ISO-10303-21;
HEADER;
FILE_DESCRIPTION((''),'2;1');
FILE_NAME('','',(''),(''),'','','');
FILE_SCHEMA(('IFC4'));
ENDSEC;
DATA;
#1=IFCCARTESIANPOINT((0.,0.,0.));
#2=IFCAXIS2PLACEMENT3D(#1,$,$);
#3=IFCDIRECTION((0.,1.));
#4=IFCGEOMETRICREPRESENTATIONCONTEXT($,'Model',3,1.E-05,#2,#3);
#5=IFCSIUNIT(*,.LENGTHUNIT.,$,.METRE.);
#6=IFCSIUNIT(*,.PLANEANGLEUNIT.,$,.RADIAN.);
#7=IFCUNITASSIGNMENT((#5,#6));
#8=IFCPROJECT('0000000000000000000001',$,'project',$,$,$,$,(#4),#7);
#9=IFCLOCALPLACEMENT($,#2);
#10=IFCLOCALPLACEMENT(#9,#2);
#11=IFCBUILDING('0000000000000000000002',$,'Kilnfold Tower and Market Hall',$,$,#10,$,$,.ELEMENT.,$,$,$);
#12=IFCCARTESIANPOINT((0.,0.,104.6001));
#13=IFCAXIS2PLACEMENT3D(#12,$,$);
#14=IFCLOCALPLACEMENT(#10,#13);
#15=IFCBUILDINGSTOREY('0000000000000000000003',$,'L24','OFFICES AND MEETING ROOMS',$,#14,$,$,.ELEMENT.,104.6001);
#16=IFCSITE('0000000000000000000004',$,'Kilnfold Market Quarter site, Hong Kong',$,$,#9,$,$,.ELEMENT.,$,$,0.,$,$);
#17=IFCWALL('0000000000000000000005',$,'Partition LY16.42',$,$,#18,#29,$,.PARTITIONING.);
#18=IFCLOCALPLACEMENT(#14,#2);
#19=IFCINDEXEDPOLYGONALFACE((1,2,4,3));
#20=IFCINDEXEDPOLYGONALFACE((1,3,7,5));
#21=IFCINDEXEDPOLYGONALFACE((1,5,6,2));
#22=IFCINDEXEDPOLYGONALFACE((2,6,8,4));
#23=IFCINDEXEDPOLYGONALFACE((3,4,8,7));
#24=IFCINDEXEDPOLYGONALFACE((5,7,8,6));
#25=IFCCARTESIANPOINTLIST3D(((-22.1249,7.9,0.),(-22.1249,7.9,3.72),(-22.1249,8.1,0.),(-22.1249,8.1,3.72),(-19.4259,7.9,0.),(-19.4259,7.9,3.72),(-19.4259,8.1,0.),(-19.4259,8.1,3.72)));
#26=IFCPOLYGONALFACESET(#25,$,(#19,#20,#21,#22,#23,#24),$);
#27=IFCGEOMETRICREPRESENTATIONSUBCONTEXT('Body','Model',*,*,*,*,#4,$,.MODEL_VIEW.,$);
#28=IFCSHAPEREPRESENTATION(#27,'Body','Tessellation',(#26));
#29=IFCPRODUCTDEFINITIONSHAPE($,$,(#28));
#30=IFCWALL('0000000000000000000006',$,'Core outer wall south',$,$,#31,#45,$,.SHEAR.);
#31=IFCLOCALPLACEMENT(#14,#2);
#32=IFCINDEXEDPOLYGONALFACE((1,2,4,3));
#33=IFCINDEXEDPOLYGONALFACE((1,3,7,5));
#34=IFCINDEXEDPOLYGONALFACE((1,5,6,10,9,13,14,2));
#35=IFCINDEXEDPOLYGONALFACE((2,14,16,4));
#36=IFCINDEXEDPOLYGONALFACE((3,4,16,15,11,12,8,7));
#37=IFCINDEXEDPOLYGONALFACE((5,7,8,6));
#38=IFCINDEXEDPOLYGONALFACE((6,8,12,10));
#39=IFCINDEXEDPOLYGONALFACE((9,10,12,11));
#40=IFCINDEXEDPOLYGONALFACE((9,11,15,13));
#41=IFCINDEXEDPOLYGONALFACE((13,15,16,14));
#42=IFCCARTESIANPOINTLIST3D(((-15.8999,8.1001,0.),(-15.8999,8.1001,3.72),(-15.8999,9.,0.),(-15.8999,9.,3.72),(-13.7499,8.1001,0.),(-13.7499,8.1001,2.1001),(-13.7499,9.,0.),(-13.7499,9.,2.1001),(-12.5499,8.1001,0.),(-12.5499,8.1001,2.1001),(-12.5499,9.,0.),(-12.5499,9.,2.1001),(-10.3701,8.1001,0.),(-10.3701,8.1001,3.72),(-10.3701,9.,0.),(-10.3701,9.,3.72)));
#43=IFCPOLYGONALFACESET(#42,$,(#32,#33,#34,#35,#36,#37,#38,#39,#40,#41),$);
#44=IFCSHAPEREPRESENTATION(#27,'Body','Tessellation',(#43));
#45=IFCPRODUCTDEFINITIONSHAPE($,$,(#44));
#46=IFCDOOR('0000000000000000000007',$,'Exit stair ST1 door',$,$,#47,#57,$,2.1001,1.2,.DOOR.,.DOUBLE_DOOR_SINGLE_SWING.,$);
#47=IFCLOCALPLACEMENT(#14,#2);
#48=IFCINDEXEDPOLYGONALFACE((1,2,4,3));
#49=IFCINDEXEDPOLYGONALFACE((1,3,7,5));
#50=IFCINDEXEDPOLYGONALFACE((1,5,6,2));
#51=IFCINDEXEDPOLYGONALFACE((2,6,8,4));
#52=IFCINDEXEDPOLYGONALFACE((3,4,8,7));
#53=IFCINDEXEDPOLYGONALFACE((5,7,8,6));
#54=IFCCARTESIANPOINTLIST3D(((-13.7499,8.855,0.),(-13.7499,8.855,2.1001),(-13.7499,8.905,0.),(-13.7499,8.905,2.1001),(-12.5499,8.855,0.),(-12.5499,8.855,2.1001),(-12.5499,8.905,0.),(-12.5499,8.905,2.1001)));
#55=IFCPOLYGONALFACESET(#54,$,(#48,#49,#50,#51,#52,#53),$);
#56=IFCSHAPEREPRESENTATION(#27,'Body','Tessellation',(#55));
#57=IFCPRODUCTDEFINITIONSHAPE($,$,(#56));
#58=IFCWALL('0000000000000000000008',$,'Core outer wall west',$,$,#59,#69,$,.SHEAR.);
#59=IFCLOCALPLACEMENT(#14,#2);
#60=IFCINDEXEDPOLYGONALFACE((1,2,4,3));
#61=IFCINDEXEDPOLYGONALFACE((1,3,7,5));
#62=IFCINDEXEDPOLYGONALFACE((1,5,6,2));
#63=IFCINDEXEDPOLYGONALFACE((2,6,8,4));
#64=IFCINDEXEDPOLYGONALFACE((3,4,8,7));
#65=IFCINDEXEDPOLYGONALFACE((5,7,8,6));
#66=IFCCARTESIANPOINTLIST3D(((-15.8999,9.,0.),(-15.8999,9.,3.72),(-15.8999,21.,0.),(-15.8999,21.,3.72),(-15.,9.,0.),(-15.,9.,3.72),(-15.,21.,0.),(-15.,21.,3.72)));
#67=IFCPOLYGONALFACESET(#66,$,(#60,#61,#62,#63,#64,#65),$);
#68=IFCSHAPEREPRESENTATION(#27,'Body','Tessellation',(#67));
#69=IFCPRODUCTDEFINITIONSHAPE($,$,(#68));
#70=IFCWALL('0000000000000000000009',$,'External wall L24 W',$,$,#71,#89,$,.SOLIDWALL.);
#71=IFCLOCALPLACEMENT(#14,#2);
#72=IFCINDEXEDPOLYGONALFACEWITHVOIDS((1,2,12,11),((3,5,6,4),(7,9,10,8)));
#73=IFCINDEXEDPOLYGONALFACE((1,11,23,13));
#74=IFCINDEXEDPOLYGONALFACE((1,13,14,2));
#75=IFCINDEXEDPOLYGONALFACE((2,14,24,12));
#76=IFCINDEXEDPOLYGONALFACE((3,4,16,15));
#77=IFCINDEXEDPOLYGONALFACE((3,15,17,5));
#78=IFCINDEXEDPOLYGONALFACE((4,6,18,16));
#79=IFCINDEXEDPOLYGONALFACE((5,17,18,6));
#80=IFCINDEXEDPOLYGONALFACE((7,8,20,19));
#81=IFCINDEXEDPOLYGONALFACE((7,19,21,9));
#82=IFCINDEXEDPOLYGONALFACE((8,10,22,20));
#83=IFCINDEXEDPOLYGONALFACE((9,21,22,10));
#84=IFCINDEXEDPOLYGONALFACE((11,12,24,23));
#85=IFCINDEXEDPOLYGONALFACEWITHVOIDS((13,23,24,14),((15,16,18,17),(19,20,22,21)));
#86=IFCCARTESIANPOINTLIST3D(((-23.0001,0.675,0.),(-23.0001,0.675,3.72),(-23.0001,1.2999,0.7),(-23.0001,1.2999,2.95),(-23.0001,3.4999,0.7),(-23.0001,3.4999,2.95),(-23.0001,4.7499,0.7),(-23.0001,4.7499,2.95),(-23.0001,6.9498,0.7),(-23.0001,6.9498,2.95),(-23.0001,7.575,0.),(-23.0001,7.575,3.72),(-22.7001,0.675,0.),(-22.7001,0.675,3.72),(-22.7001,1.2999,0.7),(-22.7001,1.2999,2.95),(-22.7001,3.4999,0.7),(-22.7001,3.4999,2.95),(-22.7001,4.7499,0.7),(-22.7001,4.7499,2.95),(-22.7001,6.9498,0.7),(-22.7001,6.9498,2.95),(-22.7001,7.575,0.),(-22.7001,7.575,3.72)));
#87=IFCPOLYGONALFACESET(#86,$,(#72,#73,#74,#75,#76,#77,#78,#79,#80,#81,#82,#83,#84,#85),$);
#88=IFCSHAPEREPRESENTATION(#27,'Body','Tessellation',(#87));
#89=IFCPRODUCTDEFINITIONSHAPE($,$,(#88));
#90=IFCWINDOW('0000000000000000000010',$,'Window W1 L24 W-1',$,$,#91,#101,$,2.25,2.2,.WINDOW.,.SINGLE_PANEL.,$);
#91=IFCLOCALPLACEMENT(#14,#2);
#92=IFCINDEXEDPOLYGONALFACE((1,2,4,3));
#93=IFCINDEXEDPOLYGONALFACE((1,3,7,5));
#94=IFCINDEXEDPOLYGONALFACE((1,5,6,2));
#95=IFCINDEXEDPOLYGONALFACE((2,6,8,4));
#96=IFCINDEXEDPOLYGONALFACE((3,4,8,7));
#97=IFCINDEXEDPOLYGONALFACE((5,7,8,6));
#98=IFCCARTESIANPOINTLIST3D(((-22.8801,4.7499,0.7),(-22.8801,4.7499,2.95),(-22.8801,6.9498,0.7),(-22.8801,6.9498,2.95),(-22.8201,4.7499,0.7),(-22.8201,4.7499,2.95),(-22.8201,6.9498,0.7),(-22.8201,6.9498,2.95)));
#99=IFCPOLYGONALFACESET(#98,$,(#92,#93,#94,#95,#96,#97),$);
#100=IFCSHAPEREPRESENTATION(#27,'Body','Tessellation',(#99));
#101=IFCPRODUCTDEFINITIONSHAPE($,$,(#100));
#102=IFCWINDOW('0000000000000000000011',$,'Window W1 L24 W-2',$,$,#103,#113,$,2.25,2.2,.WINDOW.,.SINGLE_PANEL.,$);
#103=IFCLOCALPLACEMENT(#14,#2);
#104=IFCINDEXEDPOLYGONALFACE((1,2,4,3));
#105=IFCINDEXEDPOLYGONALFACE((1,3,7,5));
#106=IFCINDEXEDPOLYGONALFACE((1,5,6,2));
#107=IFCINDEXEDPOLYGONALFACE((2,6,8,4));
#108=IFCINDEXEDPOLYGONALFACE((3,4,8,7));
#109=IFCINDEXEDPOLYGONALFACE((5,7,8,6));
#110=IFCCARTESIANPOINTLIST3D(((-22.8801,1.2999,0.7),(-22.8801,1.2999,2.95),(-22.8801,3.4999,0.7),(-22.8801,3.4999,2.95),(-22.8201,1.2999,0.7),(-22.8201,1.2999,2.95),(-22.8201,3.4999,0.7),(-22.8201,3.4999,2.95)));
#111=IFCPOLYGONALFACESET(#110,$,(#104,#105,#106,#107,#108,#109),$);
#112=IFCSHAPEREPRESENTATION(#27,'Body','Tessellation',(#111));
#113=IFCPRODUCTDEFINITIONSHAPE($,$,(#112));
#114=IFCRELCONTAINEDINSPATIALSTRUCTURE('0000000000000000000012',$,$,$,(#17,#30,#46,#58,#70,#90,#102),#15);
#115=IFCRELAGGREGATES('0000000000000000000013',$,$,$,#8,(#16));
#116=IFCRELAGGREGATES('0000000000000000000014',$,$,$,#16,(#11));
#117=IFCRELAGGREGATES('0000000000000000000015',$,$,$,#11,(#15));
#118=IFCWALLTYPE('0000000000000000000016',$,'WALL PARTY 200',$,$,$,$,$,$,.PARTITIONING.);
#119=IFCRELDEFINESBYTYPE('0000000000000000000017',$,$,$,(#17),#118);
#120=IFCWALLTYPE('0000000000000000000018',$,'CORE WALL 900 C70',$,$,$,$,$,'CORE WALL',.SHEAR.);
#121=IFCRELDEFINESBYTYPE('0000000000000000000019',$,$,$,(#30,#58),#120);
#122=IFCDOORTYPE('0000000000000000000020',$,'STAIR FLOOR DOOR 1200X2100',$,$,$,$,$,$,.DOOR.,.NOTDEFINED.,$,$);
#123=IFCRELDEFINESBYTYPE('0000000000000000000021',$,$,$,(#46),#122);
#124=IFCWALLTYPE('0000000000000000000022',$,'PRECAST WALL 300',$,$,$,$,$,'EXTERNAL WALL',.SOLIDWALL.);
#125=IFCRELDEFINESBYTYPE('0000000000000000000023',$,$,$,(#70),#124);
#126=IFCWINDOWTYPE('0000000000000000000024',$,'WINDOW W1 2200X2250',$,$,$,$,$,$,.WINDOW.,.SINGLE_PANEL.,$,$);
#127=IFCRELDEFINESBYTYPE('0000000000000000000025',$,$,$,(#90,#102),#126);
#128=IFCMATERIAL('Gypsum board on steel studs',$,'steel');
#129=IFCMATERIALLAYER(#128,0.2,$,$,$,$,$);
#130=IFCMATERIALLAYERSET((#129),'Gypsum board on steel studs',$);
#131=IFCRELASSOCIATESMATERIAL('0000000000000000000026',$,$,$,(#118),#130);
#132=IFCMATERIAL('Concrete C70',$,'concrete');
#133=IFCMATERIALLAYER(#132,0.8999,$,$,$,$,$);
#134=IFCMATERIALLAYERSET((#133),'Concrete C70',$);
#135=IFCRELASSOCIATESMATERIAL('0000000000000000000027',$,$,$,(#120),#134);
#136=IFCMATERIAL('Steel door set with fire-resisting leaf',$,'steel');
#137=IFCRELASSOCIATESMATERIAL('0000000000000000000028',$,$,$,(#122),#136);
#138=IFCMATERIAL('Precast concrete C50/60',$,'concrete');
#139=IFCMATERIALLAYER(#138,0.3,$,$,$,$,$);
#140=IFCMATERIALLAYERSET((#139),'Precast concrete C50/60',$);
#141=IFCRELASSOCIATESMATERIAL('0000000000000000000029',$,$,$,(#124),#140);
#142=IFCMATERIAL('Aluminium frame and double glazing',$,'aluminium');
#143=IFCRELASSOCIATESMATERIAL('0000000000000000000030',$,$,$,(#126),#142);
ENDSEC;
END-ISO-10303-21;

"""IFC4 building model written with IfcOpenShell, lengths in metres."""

from ifc_helpers import new_model, si_unit, direction, frame, frame_2d, origin, place, context, subcontext, project, spatial, rectangle, extrude, source, transform, mapped, material, layer, layer_set, type_object, element, fill, save


model = new_model("IFC4")

# Units and contexts
model_context = context("Model", 3, precision=1e-05, world=origin(), true_north=direction((0.0, 1.0)))
body_context = subcontext(model_context, "Body", "Model", "MODEL_VIEW")
ifc_project = project(units=[si_unit("LENGTHUNIT", "METRE"), si_unit("PLANEANGLEUNIT", "RADIAN")], contexts=[model_context])

# Site, building, storey
site_placement = place(None, origin())
site = spatial("IfcSite", under=ifc_project, at=site_placement, Name="Kilnfold Market Quarter site, Hong Kong", CompositionType="ELEMENT", RefElevation=0.0)
building_placement = place(site_placement, origin())
building = spatial("IfcBuilding", under=site, at=building_placement, Name="Kilnfold Tower and Market Hall", CompositionType="ELEMENT")
storey_placement = place(building_placement, frame((0.0, 0.0, 104.6001)))
storey = spatial("IfcBuildingStorey", under=building, at=storey_placement, Name="L24", Description="OFFICES AND MEETING ROOMS", CompositionType="ELEMENT", Elevation=104.6001)

# Wall
ifc_material_1 = material(Name="Gypsum board on steel studs", Category="steel")
ifc_layer_1 = layer(ifc_material_1, 0.2)
ifc_layer_set_1 = layer_set([ifc_layer_1], Name="Gypsum board on steel studs")
wall_type_1 = type_object("IfcWallType", Name="WALL PARTY 200", PredefinedType="PARTITIONING", material=ifc_layer_set_1)
wall_1_placement = place(storey_placement, frame((-22.125, 8.0, 0.0), z_axis=(0.0, 0.0, 1.0), x_axis=(1.0, 0.0, 0.0)))
element("IfcWall", 1, at=wall_1_placement, inside=storey, type_object=wall_type_1, Name="Partition LY16.42", PredefinedType="PARTITIONING", context=body_context, shape_type="SweptSolid", body=[
    extrude(rectangle(XDim=2.699, YDim=0.2, at=frame_2d((1.3496, 0.0))), origin(), (0.0, 0.0, 1.0), 3.72),
])

# Wall, opening, door
ifc_material_2 = material(Name="Concrete C70", Category="concrete")
ifc_layer_2 = layer(ifc_material_2, 0.8999)
ifc_layer_set_2 = layer_set([ifc_layer_2], Name="Concrete C70")
wall_type_2 = type_object("IfcWallType", Name="CORE WALL 900 C70", ElementType="CORE WALL", PredefinedType="SHEAR", material=ifc_layer_set_2)
shared_shape_1 = source(origin(), body_context, "Body", "SweptSolid", [
    extrude(rectangle(XDim=5.5298, YDim=0.8999, at=frame_2d((2.7649, 0.0))), origin(), (0.0, 0.0, 1.0), 3.72),
])
wall_2_placement = place(storey_placement, frame((-15.8999, 8.55, 0.0), z_axis=(0.0, 0.0, 1.0), x_axis=(1.0, 0.0, 0.0)))
wall_2 = element("IfcWall", 2, at=wall_2_placement, inside=storey, type_object=wall_type_2, Name="Core outer wall south", PredefinedType="SHEAR", context=body_context, shape_type="MappedRepresentation", body=[
    mapped(shared_shape_1, transform((0.0, 0.0, 0.0))),
])
opening_1_placement = place(wall_2_placement, frame((2.1499, 0.0, 0.0)))
opening_1 = element("IfcOpeningElement", 3, at=opening_1_placement, cuts=wall_2, PredefinedType="OPENING", context=body_context, shape_type="SweptSolid", body=[
    extrude(rectangle(XDim=1.2, YDim=2.1001, at=frame_2d((0.6001, 1.05))), frame((0.0, 0.46, 0.0), z_axis=(0.0, -1.0, 0.0), x_axis=(1.0, 0.0, 0.0)), (0.0, 0.0, 1.0), 0.9199),
])
ifc_material_3 = material(Name="Steel door set with fire-resisting leaf", Category="steel")
door_type_1 = type_object("IfcDoorType", Name="STAIR FLOOR DOOR 1200X2100", OperationType="NOTDEFINED", PredefinedType="DOOR", material=ifc_material_3)
door_1_placement = place(opening_1_placement, origin())
door_1 = element("IfcDoor", 4, at=door_1_placement, inside=storey, type_object=door_type_1, Name="Exit stair ST1 door", OperationType="DOUBLE_DOOR_SINGLE_SWING", OverallHeight=2.1001, OverallWidth=1.2, PredefinedType="DOOR", context=body_context, shape_type="SweptSolid", body=[
    extrude(rectangle(XDim=1.2, YDim=2.1001, at=frame_2d((0.6001, 1.05))), frame((0.0, 0.355, 0.0), z_axis=(0.0, -1.0, 0.0), x_axis=(1.0, 0.0, 0.0)), (0.0, 0.0, 1.0), 0.05),
])
fill(opening_1, door_1)

# Wall
shared_shape_2 = source(origin(), body_context, "Body", "SweptSolid", [
    extrude(rectangle(XDim=12.0, YDim=0.8999, at=frame_2d((6.0, 0.0))), origin(), (0.0, 0.0, 1.0), 3.72),
])
wall_3_placement = place(storey_placement, frame((-15.45, 9.0, 0.0), z_axis=(0.0, 0.0, 1.0), x_axis=(0.0, 1.0, 0.0)))
element("IfcWall", 5, at=wall_3_placement, inside=storey, type_object=wall_type_2, Name="Core outer wall west", PredefinedType="SHEAR", context=body_context, shape_type="MappedRepresentation", body=[
    mapped(shared_shape_2, transform((0.0, 0.0, 0.0))),
])

# Wall, openings, windows
ifc_material_4 = material(Name="Precast concrete C50/60", Category="concrete")
ifc_layer_3 = layer(ifc_material_4, 0.3)
ifc_layer_set_3 = layer_set([ifc_layer_3], Name="Precast concrete C50/60")
wall_type_3 = type_object("IfcWallType", Name="PRECAST WALL 300", ElementType="EXTERNAL WALL", PredefinedType="SOLIDWALL", material=ifc_layer_set_3)
shared_shape_3 = source(origin(), body_context, "Body", "SweptSolid", [
    extrude(rectangle(XDim=6.8999, YDim=0.3, at=frame_2d((3.45, 0.0))), origin(), (0.0, 0.0, 1.0), 3.72),
])
wall_4_placement = place(storey_placement, frame((-22.8501, 7.575, 0.0), z_axis=(0.0, 0.0, 1.0), x_axis=(0.0, -1.0, 0.0)))
wall_4 = element("IfcWall", 6, at=wall_4_placement, inside=storey, type_object=wall_type_3, Name="External wall L24 W", PredefinedType="SOLIDWALL", context=body_context, shape_type="MappedRepresentation", body=[
    mapped(shared_shape_3, transform((0.0, 0.0, 0.0))),
])
opening_2_placement = place(wall_4_placement, frame((0.625, 0.0, 0.7)))
opening_2 = element("IfcOpeningElement", 7, at=opening_2_placement, cuts=wall_4, PredefinedType="OPENING", context=body_context, shape_type="SweptSolid", body=[
    extrude(rectangle(XDim=2.2, YDim=2.25, at=frame_2d((1.1001, 1.125))), frame((0.0, 0.1602, 0.0), z_axis=(0.0, -1.0, 0.0), x_axis=(1.0, 0.0, 0.0)), (0.0, 0.0, 1.0), 0.3201),
])
opening_3_placement = place(wall_4_placement, frame((4.075, 0.0, 0.7)))
opening_3 = element("IfcOpeningElement", 8, at=opening_3_placement, cuts=wall_4, PredefinedType="OPENING", context=body_context, shape_type="SweptSolid", body=[
    extrude(rectangle(XDim=2.2, YDim=2.25, at=frame_2d((1.1001, 1.125))), frame((0.0, 0.1602, 0.0), z_axis=(0.0, -1.0, 0.0), x_axis=(1.0, 0.0, 0.0)), (0.0, 0.0, 1.0), 0.3201),
])
ifc_material_5 = material(Name="Aluminium frame and double glazing", Category="aluminium")
window_type = type_object("IfcWindowType", Name="WINDOW W1 2200X2250", PartitioningType="SINGLE_PANEL", PredefinedType="WINDOW", material=ifc_material_5)
window_1_placement = place(opening_2_placement, origin())
window_1 = element("IfcWindow", 9, at=window_1_placement, inside=storey, type_object=window_type, Name="Window W1 L24 W-1", OverallHeight=2.25, OverallWidth=2.2, PartitioningType="SINGLE_PANEL", PredefinedType="WINDOW", context=body_context, shape_type="SweptSolid", body=[
    extrude(rectangle(XDim=2.2, YDim=2.25, at=frame_2d((1.1001, 1.125))), frame((0.0, 0.03, 0.0), z_axis=(0.0, -1.0, 0.0), x_axis=(1.0, 0.0, 0.0)), (0.0, 0.0, 1.0), 0.0601),
])
fill(opening_2, window_1)
window_2_placement = place(opening_3_placement, origin())
window_2 = element("IfcWindow", 10, at=window_2_placement, inside=storey, type_object=window_type, Name="Window W1 L24 W-2", OverallHeight=2.25, OverallWidth=2.2, PartitioningType="SINGLE_PANEL", PredefinedType="WINDOW", context=body_context, shape_type="SweptSolid", body=[
    extrude(rectangle(XDim=2.2, YDim=2.25, at=frame_2d((1.1001, 1.125))), frame((0.0, 0.03, 0.0), z_axis=(0.0, -1.0, 0.0), x_axis=(1.0, 0.0, 0.0)), (0.0, 0.0, 1.0), 0.0601),
])
fill(opening_3, window_2)

save(model, "model.ifc")
